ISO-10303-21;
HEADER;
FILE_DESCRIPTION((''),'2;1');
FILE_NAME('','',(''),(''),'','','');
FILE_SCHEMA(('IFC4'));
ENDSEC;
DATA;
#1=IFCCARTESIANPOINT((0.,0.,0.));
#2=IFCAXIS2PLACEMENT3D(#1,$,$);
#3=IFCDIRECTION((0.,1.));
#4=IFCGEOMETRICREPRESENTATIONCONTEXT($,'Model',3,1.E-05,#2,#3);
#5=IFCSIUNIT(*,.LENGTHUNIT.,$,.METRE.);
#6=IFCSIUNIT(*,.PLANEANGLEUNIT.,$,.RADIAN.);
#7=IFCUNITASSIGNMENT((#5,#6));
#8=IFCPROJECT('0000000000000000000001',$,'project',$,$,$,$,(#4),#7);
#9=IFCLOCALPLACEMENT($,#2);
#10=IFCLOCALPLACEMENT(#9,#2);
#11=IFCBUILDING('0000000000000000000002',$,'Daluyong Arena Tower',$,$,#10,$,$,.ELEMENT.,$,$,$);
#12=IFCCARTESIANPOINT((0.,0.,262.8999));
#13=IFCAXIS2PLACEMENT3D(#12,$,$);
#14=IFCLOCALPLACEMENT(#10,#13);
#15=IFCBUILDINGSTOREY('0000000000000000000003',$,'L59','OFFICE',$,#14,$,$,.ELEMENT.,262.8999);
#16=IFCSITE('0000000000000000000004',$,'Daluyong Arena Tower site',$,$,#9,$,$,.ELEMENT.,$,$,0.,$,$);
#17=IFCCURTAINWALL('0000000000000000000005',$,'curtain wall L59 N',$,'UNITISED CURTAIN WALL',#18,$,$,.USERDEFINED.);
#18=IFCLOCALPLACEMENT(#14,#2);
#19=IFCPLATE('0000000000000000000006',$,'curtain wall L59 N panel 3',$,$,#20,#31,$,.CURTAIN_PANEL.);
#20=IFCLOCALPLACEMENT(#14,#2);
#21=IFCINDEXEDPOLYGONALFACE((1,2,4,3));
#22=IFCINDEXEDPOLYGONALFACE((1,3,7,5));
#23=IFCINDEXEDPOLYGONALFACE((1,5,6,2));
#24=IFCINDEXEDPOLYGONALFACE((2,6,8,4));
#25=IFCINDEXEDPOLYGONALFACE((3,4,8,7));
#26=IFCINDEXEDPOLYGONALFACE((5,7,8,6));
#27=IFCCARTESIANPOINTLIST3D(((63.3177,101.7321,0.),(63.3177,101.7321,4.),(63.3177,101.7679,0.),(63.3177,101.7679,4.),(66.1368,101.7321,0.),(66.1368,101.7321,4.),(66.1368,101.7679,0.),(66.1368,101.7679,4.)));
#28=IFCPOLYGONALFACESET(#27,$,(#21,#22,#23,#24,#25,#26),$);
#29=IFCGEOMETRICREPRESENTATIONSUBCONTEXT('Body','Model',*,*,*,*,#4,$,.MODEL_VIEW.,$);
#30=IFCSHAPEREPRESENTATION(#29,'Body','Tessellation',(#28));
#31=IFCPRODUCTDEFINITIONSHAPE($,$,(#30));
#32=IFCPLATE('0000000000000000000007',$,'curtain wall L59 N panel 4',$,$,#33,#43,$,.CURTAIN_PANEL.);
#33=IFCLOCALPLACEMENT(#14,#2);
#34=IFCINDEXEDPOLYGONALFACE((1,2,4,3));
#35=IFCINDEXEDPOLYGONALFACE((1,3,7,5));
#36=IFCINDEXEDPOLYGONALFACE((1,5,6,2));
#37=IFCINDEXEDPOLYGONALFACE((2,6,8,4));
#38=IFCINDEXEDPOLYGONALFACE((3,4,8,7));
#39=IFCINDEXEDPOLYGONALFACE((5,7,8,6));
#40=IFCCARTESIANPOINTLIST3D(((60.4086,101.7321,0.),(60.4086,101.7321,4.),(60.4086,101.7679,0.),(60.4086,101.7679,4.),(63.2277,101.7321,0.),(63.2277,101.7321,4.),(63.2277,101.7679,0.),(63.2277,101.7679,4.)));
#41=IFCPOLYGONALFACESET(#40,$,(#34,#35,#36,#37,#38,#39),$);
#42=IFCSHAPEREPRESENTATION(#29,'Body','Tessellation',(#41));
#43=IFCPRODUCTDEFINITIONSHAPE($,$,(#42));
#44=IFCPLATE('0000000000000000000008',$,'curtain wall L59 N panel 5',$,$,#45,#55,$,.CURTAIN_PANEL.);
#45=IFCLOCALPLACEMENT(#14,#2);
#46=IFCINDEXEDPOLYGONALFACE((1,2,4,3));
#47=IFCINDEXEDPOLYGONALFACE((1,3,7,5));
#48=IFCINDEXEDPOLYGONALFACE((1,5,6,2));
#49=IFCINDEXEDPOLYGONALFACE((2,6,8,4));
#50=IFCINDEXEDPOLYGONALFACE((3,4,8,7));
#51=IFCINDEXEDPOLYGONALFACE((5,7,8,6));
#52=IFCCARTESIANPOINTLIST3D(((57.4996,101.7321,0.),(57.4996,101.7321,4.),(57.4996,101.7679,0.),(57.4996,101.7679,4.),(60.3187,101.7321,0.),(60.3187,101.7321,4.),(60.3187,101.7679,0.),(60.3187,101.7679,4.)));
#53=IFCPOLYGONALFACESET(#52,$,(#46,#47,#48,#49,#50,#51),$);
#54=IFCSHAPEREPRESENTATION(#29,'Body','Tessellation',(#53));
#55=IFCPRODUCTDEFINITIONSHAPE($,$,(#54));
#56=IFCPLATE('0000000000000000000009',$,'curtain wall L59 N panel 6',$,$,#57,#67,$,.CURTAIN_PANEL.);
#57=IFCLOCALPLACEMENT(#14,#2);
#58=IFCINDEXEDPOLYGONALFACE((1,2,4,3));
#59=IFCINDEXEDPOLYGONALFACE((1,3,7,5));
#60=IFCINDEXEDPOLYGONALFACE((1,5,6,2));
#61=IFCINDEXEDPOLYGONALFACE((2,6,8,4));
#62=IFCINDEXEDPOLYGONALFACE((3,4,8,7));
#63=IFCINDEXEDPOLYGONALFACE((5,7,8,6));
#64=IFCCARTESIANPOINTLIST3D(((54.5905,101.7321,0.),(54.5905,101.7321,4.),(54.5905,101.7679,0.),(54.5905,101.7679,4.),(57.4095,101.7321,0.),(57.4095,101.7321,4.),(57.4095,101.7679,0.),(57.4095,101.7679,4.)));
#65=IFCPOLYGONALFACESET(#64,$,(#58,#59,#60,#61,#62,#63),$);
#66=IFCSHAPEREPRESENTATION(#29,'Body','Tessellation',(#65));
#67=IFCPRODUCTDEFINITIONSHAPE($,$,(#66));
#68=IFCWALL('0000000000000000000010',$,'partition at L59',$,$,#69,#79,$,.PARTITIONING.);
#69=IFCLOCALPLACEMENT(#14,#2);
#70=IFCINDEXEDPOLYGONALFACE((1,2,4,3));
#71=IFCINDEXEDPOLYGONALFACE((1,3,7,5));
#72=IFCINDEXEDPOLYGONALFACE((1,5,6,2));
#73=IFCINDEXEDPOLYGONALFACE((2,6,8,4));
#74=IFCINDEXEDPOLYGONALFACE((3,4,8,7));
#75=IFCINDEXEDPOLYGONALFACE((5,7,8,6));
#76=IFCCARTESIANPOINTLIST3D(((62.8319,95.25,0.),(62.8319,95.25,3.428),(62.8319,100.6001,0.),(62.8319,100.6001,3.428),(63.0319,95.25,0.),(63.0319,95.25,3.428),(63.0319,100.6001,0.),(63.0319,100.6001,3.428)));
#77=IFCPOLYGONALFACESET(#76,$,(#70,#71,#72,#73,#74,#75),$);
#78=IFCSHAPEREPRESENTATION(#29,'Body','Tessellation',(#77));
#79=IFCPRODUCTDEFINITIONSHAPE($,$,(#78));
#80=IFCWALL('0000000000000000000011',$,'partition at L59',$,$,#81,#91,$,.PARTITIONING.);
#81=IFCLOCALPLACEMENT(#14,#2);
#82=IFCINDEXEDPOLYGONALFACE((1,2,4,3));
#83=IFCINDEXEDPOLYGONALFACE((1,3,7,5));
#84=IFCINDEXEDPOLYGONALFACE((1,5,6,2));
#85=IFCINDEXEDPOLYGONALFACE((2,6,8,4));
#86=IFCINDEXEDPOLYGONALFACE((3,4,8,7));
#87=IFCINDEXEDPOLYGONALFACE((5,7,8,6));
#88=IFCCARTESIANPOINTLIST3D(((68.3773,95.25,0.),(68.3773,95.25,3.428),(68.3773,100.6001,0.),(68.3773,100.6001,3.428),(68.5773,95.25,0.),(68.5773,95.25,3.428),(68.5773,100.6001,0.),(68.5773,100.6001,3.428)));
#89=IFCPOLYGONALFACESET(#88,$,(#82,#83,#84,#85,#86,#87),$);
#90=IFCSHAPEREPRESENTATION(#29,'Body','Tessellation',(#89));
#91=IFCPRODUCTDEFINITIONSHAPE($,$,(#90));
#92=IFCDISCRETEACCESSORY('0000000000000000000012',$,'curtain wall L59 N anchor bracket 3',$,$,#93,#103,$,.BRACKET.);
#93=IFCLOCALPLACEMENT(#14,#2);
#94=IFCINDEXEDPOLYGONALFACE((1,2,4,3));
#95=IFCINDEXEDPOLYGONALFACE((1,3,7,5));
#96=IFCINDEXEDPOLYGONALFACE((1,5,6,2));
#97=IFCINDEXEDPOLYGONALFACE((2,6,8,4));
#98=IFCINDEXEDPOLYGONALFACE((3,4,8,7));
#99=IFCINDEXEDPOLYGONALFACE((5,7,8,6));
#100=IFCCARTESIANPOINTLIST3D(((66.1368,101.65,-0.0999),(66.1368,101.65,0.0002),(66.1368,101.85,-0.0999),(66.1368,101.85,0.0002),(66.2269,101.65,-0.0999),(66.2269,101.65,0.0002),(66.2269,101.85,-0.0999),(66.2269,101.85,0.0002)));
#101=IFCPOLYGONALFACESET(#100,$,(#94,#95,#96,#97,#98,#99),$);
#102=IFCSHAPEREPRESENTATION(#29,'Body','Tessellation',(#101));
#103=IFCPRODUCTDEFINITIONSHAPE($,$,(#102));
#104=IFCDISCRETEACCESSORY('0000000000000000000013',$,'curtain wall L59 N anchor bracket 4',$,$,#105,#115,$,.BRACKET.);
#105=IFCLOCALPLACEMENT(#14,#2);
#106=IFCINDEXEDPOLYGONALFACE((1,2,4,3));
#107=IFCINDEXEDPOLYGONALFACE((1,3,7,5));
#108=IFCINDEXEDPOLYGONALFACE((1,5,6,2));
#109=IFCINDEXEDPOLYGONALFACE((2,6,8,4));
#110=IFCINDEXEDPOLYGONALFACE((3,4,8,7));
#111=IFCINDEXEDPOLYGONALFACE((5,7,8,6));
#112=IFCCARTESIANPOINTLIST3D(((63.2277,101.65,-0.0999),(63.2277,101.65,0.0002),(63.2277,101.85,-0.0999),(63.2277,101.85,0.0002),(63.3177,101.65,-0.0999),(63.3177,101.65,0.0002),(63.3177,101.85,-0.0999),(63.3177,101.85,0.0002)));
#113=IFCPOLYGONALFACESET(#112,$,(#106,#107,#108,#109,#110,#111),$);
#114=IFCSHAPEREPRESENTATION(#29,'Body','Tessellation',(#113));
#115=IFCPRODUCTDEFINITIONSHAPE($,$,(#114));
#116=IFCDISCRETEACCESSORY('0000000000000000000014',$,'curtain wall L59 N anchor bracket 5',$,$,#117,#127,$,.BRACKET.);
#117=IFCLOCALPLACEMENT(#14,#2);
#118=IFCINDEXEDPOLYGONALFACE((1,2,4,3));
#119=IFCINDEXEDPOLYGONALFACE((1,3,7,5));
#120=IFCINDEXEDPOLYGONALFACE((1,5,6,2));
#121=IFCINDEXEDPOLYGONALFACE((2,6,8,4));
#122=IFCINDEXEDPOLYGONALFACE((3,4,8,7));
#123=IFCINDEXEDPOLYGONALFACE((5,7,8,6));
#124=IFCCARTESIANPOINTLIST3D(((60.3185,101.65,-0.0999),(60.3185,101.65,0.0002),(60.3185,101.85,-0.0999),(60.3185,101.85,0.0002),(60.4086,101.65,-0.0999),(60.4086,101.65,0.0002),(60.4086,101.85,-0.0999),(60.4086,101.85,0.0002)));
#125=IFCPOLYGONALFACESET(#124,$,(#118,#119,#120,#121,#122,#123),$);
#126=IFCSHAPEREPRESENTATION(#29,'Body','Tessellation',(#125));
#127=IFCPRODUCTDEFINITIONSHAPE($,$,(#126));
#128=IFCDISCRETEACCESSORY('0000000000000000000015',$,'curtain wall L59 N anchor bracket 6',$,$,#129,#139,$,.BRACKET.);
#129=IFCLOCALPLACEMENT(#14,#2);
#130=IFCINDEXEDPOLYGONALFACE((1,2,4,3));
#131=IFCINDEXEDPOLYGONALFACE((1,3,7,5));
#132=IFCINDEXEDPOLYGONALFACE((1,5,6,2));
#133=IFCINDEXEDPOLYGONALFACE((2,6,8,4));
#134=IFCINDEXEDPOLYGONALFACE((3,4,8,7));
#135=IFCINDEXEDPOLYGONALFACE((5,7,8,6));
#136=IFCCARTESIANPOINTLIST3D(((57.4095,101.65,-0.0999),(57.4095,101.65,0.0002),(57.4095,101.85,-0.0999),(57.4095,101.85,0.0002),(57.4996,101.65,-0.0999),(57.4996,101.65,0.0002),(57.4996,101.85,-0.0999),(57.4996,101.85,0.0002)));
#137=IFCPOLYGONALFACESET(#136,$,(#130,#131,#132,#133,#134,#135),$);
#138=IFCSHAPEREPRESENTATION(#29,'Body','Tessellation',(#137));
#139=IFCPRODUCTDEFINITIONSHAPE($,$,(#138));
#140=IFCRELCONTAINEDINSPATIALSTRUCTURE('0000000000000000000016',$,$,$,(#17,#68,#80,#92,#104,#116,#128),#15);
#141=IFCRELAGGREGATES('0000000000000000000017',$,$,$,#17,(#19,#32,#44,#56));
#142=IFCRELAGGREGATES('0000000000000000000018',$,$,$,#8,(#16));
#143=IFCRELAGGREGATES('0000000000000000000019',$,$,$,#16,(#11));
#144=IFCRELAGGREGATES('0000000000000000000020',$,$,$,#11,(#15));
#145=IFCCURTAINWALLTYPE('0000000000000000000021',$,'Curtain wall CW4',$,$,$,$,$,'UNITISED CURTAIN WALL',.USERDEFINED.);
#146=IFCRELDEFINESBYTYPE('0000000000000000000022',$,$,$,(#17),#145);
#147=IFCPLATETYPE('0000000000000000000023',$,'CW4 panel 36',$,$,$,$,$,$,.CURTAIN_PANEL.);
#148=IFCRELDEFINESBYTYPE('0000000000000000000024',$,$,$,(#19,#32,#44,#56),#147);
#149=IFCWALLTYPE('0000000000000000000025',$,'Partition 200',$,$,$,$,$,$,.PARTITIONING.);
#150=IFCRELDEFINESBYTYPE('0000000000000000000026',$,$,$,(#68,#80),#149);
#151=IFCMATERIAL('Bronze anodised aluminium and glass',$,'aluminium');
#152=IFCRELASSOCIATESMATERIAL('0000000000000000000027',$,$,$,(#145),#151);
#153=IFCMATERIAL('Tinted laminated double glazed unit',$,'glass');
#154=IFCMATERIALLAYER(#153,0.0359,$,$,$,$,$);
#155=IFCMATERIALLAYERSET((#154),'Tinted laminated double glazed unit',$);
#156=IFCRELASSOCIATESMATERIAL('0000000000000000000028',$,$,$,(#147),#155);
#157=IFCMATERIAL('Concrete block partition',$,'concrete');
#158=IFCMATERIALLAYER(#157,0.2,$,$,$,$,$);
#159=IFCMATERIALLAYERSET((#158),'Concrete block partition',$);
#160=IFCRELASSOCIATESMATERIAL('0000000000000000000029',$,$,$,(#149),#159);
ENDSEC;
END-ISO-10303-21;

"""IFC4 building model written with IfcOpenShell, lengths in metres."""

from ifc_helpers import new_model, si_unit, direction, frame, frame_2d, origin, origin_2d, place, context, subcontext, project, spatial, rectangle, extrude, material, layer, layer_set, type_object, element, aggregate, save


model = new_model("IFC4")

# Units and contexts
model_context = context("Model", 3, precision=1e-05, world=origin(), true_north=direction((0.0, 1.0)))
body_context = subcontext(model_context, "Body", "Model", "MODEL_VIEW")
ifc_project = project(units=[si_unit("LENGTHUNIT", "METRE"), si_unit("PLANEANGLEUNIT", "RADIAN")], contexts=[model_context])

# Site, building, storey
site_placement = place(None, origin())
site = spatial("IfcSite", under=ifc_project, at=site_placement, Name="Daluyong Arena Tower site", CompositionType="ELEMENT", RefElevation=0.0)
building_placement = place(site_placement, origin())
building = spatial("IfcBuilding", under=site, at=building_placement, Name="Daluyong Arena Tower", CompositionType="ELEMENT")
storey_placement = place(building_placement, frame((0.0, 0.0, 262.8999)))
storey = spatial("IfcBuildingStorey", under=building, at=storey_placement, Name="L59", Description="OFFICE", CompositionType="ELEMENT", Elevation=262.8999)

# Curtain wall
ifc_material_1 = material(Name="Bronze anodised aluminium and glass", Category="aluminium")
curtain_wall_type = type_object("IfcCurtainWallType", Name="Curtain wall CW4", ElementType="UNITISED CURTAIN WALL", PredefinedType="USERDEFINED", material=ifc_material_1)
curtain_wall_placement = place(storey_placement, origin())
curtain_wall = element("IfcCurtainWall", 1, at=curtain_wall_placement, inside=storey, type_object=curtain_wall_type, Name="curtain wall L59 N", ObjectType="UNITISED CURTAIN WALL", PredefinedType="USERDEFINED")

# Plates
ifc_material_2 = material(Name="Tinted laminated double glazed unit", Category="glass")
ifc_layer_1 = layer(ifc_material_2, 0.0359)
ifc_layer_set_1 = layer_set([ifc_layer_1], Name="Tinted laminated double glazed unit")
plate_type = type_object("IfcPlateType", Name="CW4 panel 36", PredefinedType="CURTAIN_PANEL", material=ifc_layer_set_1)
plate_1_placement = place(storey_placement, frame((64.7273, 101.75, 0.0), z_axis=(0.0, 0.0, 1.0), x_axis=(-1.0, 0.0, 0.0)))
plate_1 = element("IfcPlate", 2, at=plate_1_placement, type_object=plate_type, Name="curtain wall L59 N panel 3", PredefinedType="CURTAIN_PANEL", context=body_context, shape_type="SweptSolid", body=[
    extrude(rectangle(XDim=2.8191, YDim=0.0359, at=origin_2d()), origin(), (0.0, 0.0, 1.0), 4.0),
])
plate_2_placement = place(storey_placement, frame((61.8181, 101.75, 0.0), z_axis=(0.0, 0.0, 1.0), x_axis=(-1.0, 0.0, 0.0)))
plate_2 = element("IfcPlate", 3, at=plate_2_placement, type_object=plate_type, Name="curtain wall L59 N panel 4", PredefinedType="CURTAIN_PANEL", context=body_context, shape_type="SweptSolid", body=[
    extrude(rectangle(XDim=2.8191, YDim=0.0359, at=origin_2d()), origin(), (0.0, 0.0, 1.0), 4.0),
])
plate_3_placement = place(storey_placement, frame((58.9092, 101.75, 0.0), z_axis=(0.0, 0.0, 1.0), x_axis=(-1.0, 0.0, 0.0)))
plate_3 = element("IfcPlate", 4, at=plate_3_placement, type_object=plate_type, Name="curtain wall L59 N panel 5", PredefinedType="CURTAIN_PANEL", context=body_context, shape_type="SweptSolid", body=[
    extrude(rectangle(XDim=2.8191, YDim=0.0359, at=origin_2d()), origin(), (0.0, 0.0, 1.0), 4.0),
])
plate_4_placement = place(storey_placement, frame((56.0, 101.75, 0.0), z_axis=(0.0, 0.0, 1.0), x_axis=(-1.0, 0.0, 0.0)))
plate_4 = element("IfcPlate", 5, at=plate_4_placement, type_object=plate_type, Name="curtain wall L59 N panel 6", PredefinedType="CURTAIN_PANEL", context=body_context, shape_type="SweptSolid", body=[
    extrude(rectangle(XDim=2.8191, YDim=0.0359, at=origin_2d()), origin(), (0.0, 0.0, 1.0), 4.0),
])
aggregate(curtain_wall, [plate_1, plate_2, plate_3, plate_4])

# Walls
ifc_material_3 = material(Name="Concrete block partition", Category="concrete")
ifc_layer_2 = layer(ifc_material_3, 0.2)
ifc_layer_set_2 = layer_set([ifc_layer_2], Name="Concrete block partition")
wall_type_1 = type_object("IfcWallType", Name="Partition 200", PredefinedType="PARTITIONING", material=ifc_layer_set_2)
for number, where, z_axis, x_axis, name in (
    (6, (62.9319, 95.25, 0.0), (0.0, 0.0, 1.0), (0.0, 1.0, 0.0), "partition at L59"),
    (7, (68.4773, 95.25, 0.0), (0.0, 0.0, 1.0), (0.0, 1.0, 0.0), "partition at L59"),
):
    element("IfcWall", number, at=place(storey_placement, frame(where, z_axis=z_axis, x_axis=x_axis)), inside=storey, type_object=wall_type_1, Name=name, PredefinedType="PARTITIONING", context=body_context, shape_type="SweptSolid", body=[
        extrude(rectangle(XDim=5.3501, YDim=0.2, at=frame_2d((2.675, 0.0))), origin(), (0.0, 0.0, 1.0), 3.428),
    ])

# Discrete accessories
for number, where, z_axis, x_axis, name in (
    (8, (66.1819, 101.75, -0.0999), (0.0, 0.0, 1.0), (-1.0, 0.0, 0.0), "curtain wall L59 N anchor bracket 3"),
    (9, (63.2727, 101.75, -0.0999), (0.0, 0.0, 1.0), (-1.0, 0.0, 0.0), "curtain wall L59 N anchor bracket 4"),
    (10, (60.3635, 101.75, -0.0999), (0.0, 0.0, 1.0), (-1.0, 0.0, 0.0), "curtain wall L59 N anchor bracket 5"),
    (11, (57.4546, 101.75, -0.0999), (0.0, 0.0, 1.0), (-1.0, 0.0, 0.0), "curtain wall L59 N anchor bracket 6"),
):
    element("IfcDiscreteAccessory", number, at=place(storey_placement, frame(where, z_axis=z_axis, x_axis=x_axis)), inside=storey, Name=name, PredefinedType="BRACKET", context=body_context, shape_type="SweptSolid", body=[
        extrude(rectangle(XDim=0.0901, YDim=0.2, at=origin_2d()), origin(), (0.0, 0.0, 1.0), 0.1001),
    ])

save(model, "model.ifc")
